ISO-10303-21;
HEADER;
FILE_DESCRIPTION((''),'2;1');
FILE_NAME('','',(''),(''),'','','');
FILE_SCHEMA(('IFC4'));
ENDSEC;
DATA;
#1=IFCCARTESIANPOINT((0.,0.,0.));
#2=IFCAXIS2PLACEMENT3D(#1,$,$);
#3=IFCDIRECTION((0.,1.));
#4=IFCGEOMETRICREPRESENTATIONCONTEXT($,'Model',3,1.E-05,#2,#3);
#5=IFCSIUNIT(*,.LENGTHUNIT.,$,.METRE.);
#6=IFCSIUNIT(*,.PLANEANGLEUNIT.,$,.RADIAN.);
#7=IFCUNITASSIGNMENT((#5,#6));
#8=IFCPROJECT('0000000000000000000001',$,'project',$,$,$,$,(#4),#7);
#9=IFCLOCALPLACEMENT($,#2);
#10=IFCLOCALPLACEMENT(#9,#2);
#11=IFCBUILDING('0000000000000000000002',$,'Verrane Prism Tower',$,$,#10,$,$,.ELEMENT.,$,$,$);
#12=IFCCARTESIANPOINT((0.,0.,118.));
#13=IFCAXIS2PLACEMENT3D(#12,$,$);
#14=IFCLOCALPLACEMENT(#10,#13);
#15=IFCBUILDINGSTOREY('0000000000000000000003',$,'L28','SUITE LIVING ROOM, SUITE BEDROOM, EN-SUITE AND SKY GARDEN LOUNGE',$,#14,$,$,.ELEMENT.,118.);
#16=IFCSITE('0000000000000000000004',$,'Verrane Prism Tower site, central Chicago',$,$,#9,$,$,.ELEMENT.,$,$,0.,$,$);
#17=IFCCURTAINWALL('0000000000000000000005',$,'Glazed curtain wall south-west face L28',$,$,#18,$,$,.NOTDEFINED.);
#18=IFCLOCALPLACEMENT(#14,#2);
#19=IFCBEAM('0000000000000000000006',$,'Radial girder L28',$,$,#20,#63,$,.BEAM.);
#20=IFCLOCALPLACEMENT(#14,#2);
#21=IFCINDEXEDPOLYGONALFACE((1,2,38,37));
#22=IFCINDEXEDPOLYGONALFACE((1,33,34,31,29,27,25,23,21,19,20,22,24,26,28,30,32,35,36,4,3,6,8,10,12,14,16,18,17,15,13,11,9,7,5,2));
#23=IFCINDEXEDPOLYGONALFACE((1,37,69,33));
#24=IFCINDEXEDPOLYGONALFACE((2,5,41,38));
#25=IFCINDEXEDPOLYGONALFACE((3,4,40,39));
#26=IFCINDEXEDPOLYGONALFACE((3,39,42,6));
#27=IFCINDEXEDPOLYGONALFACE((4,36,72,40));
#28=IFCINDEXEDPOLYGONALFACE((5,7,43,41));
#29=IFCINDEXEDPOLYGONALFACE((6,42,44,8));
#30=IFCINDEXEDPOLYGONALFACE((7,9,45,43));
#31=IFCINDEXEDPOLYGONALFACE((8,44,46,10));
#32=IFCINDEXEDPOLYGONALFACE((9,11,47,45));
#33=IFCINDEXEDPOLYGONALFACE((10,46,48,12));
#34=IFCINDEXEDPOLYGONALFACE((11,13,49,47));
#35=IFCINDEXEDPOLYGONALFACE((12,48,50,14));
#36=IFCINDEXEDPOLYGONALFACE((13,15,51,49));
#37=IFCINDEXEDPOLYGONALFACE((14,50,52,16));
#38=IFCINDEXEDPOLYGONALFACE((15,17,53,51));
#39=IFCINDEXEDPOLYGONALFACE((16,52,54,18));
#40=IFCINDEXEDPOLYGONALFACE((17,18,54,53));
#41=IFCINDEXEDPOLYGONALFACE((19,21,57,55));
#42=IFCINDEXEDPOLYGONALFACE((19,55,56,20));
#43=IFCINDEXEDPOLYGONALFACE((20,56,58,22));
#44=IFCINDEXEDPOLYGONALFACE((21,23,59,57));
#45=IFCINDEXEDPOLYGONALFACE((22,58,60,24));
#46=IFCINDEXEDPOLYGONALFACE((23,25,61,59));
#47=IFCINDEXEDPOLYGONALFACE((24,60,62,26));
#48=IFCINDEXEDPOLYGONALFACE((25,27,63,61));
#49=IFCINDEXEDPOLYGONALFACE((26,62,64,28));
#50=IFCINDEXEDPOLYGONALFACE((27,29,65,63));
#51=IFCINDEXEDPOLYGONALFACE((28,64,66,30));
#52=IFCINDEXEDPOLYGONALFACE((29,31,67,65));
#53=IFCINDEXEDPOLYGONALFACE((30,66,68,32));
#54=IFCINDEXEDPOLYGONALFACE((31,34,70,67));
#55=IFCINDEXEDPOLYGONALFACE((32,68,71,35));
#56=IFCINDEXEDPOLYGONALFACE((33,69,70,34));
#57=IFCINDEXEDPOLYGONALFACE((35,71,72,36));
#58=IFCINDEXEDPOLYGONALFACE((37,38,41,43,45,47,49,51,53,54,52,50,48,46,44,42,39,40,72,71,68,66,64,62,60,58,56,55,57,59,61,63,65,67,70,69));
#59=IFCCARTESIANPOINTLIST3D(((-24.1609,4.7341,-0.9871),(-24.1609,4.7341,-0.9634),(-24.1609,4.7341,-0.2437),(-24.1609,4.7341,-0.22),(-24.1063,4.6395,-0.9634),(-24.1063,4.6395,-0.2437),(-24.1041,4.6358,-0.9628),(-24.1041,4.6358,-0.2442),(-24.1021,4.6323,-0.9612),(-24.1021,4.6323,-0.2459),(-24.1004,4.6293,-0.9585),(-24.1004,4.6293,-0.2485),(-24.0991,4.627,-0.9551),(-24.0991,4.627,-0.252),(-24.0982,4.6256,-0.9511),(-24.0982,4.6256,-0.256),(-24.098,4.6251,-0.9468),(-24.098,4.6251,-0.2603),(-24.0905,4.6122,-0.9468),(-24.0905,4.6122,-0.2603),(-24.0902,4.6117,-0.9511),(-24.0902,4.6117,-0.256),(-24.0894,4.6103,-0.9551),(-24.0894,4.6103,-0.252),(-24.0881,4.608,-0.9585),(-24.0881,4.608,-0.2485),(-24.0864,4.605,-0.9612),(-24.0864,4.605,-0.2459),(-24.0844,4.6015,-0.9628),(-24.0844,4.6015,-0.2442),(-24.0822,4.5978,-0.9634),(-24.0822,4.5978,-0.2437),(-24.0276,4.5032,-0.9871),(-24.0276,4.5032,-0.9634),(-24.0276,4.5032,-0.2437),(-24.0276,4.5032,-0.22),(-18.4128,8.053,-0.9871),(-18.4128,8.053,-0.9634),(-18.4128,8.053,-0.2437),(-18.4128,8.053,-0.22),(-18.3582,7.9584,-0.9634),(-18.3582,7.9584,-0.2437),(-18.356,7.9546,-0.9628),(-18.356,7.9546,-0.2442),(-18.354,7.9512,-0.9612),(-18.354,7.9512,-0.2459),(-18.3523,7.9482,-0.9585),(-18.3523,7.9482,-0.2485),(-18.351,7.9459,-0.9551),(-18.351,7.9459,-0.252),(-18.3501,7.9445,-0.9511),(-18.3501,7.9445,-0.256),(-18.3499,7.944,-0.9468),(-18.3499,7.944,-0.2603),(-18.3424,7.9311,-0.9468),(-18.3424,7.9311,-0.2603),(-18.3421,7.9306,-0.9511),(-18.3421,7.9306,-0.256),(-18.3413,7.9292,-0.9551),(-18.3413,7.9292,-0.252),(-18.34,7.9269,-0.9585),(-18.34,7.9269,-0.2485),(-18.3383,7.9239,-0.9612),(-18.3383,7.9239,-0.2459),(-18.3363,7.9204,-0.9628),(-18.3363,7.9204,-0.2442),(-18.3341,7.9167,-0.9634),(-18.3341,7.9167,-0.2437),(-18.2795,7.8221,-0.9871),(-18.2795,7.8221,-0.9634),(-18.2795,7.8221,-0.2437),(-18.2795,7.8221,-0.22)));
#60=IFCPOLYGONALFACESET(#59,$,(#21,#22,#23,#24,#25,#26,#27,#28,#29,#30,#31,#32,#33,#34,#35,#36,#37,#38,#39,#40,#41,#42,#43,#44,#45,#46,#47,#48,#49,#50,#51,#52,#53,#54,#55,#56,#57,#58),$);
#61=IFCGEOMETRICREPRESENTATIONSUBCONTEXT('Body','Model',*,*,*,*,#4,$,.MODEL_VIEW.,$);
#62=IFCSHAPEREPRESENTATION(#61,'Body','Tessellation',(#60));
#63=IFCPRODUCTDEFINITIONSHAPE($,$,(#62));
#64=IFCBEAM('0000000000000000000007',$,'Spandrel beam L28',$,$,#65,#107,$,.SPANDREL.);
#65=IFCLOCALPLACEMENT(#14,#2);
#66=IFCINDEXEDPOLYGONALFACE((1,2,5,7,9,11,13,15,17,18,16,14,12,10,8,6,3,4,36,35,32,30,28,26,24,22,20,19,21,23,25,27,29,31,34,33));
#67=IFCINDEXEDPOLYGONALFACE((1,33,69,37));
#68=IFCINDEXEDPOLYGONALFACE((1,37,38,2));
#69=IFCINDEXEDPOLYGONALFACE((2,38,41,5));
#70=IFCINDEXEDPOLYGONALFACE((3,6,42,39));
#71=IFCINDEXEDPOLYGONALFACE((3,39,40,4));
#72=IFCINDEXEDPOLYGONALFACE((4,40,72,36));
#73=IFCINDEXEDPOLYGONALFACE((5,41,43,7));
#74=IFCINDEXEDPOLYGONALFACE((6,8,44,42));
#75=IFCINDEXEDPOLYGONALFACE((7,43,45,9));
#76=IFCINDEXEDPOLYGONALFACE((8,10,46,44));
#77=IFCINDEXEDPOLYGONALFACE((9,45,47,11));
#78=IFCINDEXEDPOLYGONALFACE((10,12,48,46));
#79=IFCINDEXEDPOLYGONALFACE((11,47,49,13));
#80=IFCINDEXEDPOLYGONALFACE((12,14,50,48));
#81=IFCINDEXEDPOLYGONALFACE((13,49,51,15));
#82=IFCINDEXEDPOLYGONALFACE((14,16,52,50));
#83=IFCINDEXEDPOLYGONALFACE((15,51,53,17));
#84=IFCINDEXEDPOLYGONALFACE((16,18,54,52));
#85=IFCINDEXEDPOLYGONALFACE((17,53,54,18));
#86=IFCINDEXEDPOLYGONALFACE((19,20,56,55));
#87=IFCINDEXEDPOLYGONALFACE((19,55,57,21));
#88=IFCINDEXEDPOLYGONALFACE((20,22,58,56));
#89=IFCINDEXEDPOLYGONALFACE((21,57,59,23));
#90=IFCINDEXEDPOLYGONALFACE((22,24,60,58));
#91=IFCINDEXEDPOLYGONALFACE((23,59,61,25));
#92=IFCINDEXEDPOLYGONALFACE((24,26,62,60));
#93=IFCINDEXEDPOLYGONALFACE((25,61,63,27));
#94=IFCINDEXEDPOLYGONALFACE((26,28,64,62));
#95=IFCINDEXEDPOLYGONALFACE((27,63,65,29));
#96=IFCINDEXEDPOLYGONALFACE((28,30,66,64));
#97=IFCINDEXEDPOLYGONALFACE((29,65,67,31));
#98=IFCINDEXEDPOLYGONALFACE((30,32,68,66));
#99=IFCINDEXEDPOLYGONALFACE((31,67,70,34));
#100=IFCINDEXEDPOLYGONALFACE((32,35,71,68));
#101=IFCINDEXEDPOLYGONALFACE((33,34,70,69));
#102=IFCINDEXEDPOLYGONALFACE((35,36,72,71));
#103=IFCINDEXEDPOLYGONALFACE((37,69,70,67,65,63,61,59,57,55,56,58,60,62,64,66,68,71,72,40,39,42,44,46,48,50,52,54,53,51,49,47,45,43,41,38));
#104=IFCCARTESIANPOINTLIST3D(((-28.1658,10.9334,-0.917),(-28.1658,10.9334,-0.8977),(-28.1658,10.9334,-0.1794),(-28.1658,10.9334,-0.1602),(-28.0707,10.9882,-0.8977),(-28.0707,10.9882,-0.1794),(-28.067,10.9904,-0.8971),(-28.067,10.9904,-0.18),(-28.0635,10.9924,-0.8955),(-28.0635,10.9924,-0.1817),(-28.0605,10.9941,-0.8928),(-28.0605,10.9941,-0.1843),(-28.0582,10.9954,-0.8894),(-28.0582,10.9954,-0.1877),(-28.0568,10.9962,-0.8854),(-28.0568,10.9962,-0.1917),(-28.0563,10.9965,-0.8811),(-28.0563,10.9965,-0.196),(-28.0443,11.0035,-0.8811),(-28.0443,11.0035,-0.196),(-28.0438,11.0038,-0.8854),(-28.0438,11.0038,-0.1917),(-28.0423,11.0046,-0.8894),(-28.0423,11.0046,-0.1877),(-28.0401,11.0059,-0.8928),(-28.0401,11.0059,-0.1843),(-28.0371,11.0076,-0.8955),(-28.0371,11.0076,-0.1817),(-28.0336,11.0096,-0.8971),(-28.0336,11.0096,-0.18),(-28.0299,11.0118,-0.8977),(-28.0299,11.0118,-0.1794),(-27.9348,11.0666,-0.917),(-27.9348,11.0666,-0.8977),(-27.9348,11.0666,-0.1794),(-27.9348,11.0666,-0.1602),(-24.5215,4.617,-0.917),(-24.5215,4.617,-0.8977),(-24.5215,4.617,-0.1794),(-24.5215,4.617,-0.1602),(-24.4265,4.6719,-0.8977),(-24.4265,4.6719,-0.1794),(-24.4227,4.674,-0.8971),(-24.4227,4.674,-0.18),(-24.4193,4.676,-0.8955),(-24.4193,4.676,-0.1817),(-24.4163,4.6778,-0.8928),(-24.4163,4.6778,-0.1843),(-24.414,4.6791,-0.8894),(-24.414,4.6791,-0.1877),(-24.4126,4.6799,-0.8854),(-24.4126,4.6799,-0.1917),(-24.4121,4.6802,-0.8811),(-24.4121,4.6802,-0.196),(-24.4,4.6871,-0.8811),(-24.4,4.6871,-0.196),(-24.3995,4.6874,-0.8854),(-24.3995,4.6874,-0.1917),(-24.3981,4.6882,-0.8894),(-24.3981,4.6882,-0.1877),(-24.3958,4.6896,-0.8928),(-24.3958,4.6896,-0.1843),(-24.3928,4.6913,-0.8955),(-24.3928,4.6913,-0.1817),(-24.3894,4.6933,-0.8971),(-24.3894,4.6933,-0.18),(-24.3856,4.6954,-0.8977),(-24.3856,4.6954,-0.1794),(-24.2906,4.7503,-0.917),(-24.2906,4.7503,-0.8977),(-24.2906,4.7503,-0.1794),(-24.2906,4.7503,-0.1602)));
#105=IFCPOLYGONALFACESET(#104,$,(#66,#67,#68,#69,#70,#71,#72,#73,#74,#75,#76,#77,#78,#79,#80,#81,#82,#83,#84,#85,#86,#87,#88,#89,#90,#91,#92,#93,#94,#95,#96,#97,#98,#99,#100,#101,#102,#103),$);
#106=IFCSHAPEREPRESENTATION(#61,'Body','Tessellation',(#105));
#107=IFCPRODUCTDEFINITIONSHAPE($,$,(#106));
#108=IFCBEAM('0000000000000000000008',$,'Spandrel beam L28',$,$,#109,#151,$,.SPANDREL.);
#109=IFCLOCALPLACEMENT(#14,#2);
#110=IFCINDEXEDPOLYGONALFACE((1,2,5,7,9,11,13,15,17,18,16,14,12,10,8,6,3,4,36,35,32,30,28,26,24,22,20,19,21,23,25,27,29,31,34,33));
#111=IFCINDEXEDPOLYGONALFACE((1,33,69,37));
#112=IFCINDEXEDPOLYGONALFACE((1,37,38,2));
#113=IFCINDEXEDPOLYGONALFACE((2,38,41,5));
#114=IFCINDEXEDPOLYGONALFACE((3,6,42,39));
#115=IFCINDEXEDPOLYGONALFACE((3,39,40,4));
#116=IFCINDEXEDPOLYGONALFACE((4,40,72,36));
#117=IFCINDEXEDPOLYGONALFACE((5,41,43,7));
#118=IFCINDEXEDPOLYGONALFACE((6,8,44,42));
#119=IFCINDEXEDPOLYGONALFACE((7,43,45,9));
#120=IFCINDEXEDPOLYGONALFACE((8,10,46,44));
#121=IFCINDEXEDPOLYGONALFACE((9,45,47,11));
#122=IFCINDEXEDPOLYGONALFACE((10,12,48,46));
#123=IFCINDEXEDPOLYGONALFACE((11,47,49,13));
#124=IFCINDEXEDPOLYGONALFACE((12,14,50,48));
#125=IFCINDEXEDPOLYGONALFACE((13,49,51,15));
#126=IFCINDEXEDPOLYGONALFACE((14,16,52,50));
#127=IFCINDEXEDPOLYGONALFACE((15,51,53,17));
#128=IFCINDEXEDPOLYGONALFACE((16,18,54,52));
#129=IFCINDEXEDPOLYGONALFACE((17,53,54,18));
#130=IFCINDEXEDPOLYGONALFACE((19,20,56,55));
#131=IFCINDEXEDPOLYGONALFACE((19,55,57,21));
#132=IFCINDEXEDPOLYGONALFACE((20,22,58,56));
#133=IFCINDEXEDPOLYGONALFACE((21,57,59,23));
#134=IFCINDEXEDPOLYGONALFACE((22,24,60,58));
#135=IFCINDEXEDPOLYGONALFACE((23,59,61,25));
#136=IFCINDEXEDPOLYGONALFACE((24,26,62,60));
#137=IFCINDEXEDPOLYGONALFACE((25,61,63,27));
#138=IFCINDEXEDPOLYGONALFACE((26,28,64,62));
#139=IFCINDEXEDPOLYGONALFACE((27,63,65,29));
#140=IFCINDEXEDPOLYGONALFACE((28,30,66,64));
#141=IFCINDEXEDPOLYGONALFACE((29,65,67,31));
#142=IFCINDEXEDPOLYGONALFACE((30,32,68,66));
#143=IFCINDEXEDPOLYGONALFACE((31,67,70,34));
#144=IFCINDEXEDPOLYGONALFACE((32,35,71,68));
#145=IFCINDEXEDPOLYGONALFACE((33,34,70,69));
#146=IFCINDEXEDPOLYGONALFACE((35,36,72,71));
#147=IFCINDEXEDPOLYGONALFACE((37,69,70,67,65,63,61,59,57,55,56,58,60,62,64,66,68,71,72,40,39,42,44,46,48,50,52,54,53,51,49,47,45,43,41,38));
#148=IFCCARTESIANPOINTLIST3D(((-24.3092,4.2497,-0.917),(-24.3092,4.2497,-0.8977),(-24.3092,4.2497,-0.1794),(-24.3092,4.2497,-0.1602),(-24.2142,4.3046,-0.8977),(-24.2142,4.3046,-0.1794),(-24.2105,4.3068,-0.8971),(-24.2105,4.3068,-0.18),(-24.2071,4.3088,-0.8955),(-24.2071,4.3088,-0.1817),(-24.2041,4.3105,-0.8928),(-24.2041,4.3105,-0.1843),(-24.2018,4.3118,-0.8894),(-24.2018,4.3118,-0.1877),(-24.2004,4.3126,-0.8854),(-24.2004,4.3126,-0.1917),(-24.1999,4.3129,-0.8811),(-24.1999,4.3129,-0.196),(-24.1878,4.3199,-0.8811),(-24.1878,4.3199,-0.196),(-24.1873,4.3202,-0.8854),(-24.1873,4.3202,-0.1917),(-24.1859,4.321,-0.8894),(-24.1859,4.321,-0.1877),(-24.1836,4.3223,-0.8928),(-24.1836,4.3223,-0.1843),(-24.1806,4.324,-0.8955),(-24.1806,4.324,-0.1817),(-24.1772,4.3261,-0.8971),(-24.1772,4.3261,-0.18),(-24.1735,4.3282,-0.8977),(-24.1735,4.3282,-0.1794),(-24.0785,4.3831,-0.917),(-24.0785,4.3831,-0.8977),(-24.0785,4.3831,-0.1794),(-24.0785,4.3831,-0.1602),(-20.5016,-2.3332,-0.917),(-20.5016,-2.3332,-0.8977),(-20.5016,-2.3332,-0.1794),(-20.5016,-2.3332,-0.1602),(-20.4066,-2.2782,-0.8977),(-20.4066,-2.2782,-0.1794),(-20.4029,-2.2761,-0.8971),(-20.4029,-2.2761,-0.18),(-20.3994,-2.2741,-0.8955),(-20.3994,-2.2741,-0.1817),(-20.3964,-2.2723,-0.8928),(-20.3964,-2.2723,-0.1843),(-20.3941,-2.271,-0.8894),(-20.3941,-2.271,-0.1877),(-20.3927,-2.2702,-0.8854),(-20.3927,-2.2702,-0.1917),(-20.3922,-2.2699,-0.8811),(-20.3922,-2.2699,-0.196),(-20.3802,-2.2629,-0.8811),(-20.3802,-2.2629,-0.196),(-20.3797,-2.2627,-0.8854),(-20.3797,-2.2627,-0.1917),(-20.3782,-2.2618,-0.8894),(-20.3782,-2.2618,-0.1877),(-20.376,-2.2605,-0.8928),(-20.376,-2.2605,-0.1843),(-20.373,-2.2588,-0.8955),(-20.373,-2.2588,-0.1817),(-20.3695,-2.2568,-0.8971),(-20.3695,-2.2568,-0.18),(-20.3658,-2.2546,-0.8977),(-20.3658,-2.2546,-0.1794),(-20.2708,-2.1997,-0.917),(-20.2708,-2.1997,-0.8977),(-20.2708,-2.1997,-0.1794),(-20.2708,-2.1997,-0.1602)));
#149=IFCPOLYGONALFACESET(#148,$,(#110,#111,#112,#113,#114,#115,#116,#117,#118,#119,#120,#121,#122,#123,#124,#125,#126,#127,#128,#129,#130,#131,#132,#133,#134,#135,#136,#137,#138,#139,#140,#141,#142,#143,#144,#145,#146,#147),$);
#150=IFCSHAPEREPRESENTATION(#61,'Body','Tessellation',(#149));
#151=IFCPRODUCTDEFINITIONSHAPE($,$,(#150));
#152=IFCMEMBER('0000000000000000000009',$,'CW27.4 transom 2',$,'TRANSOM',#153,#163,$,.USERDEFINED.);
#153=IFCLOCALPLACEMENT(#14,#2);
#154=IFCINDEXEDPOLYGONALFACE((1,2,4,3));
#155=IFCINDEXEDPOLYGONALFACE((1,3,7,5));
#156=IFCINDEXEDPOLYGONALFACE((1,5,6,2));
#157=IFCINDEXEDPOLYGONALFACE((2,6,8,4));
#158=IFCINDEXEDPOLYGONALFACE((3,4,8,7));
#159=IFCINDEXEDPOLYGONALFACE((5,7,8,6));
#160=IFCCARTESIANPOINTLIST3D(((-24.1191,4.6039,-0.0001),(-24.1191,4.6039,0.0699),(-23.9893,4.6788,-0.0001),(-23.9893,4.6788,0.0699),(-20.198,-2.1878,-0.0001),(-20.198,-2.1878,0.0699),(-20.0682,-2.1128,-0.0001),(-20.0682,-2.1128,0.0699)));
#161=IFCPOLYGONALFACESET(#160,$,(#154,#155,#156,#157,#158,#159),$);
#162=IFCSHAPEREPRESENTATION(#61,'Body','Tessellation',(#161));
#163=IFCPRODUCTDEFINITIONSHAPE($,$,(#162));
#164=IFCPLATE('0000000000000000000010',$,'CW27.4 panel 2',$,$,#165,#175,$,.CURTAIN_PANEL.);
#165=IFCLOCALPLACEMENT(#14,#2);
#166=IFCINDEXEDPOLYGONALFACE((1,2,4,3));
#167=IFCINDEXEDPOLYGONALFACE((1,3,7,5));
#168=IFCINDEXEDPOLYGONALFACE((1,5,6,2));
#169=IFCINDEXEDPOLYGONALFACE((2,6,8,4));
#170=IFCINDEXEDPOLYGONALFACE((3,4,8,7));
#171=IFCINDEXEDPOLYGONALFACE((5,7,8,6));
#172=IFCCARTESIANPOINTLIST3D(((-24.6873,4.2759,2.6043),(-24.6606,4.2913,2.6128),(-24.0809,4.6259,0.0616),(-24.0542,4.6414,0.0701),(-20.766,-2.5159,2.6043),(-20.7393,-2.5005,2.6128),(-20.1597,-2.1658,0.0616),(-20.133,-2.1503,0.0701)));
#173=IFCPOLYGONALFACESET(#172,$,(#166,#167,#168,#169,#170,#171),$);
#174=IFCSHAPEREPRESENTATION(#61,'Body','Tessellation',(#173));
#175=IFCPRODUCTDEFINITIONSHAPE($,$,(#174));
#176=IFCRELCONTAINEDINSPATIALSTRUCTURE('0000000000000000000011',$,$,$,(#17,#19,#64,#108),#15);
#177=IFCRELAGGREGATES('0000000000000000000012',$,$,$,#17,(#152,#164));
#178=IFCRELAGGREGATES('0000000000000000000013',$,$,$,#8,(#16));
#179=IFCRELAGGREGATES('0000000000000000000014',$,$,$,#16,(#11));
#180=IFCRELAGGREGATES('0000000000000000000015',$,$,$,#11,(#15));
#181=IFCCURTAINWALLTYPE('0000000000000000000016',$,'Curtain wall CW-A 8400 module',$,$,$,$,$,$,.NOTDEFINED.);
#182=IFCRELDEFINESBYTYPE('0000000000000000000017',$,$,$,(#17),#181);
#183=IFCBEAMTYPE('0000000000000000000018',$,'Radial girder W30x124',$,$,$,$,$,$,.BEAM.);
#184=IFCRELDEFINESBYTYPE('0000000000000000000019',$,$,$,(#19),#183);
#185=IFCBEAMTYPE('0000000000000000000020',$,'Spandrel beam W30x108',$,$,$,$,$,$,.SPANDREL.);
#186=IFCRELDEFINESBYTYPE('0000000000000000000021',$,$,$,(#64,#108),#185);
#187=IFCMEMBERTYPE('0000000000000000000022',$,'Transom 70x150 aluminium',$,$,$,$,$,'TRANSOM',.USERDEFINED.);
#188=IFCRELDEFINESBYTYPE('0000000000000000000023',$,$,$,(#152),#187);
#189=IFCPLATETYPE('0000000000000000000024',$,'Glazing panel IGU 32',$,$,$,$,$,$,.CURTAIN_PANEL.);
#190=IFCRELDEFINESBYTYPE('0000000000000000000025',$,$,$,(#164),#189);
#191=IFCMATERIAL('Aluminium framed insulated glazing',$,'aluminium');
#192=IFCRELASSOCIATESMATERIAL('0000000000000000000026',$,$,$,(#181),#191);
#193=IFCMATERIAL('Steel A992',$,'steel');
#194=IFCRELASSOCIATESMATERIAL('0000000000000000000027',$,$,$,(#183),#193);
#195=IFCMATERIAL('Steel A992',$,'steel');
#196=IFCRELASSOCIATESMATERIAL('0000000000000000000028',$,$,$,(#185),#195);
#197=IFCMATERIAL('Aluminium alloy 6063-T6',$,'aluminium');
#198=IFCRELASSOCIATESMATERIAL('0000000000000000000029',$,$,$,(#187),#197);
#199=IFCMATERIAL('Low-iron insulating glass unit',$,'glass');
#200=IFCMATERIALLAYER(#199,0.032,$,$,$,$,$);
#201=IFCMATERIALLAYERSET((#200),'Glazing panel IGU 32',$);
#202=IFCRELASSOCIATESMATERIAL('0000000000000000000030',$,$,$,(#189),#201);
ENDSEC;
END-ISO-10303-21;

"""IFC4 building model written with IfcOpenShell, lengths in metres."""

from ifc_helpers import new_model, si_unit, direction, frame, origin, origin_2d, place, context, subcontext, project, spatial, polyline, rectangle, i_section, outline, extrude, material, layer, layer_set, material_profile, profile_set, type_object, element, aggregate, save


model = new_model("IFC4")

# Units and contexts
model_context = context("Model", 3, precision=1e-05, world=origin(), true_north=direction((0.0, 1.0)))
body_context = subcontext(model_context, "Body", "Model", "MODEL_VIEW")
ifc_project = project(units=[si_unit("LENGTHUNIT", "METRE"), si_unit("PLANEANGLEUNIT", "RADIAN")], contexts=[model_context])

# Site, building, storey
site_placement = place(None, origin())
site = spatial("IfcSite", under=ifc_project, at=site_placement, Name="Verrane Prism Tower site, central Chicago", CompositionType="ELEMENT", RefElevation=0.0)
building_placement = place(site_placement, origin())
building = spatial("IfcBuilding", under=site, at=building_placement, Name="Verrane Prism Tower", CompositionType="ELEMENT")
storey_placement = place(building_placement, frame((0.0, 0.0, 118.0)))
storey = spatial("IfcBuildingStorey", under=building, at=storey_placement, Name="L28", Description="SUITE LIVING ROOM, SUITE BEDROOM, EN-SUITE AND SKY GARDEN LOUNGE", CompositionType="ELEMENT", Elevation=118.0)

# Curtain wall
ifc_material_1 = material(Name="Aluminium framed insulated glazing", Category="aluminium")
curtain_wall_type = type_object("IfcCurtainWallType", Name="Curtain wall CW-A 8400 module", PredefinedType="NOTDEFINED", material=ifc_material_1)
curtain_wall_placement = place(storey_placement, origin())
curtain_wall = element("IfcCurtainWall", 1, at=curtain_wall_placement, inside=storey, type_object=curtain_wall_type, Name="Glazed curtain wall south-west face L28", PredefinedType="NOTDEFINED")

# Beams
ifc_material_2 = material(Name="Steel A992", Category="steel")
ifc_material_profile_1 = material_profile(ifc_material_2, i_section(OverallWidth=0.2666, OverallDepth=0.7671, WebThickness=0.0149, FlangeThickness=0.0237, FilletRadius=0.0166, at=origin_2d()), Name="W30x124")
ifc_profile_set_1 = profile_set([ifc_material_profile_1], Name="Steel A992")
beam_type_1 = type_object("IfcBeamType", Name="Radial girder W30x124", PredefinedType="BEAM", material=ifc_profile_set_1)
beam_1_placement = place(storey_placement, frame((-24.0942, 4.6187, -0.6035), z_axis=(0.866012, 0.500024, 0.0), x_axis=(-0.500024, 0.866012, 0.0)))
element("IfcBeam", 2, at=beam_1_placement, inside=storey, type_object=beam_type_1, Name="Radial girder L28", PredefinedType="BEAM", context=body_context, shape_type="SweptSolid", body=[
    extrude(i_section(OverallWidth=0.2666, OverallDepth=0.7671, WebThickness=0.0149, FlangeThickness=0.0237, FilletRadius=0.0166, at=origin_2d()), origin(), (0.0, 0.0, 1.0), 6.6375),
])
ifc_material_3 = material(Name="Steel A992", Category="steel")
ifc_material_profile_2 = material_profile(ifc_material_3, i_section(OverallWidth=0.2666, OverallDepth=0.7568, WebThickness=0.0139, FlangeThickness=0.0193, FilletRadius=0.0166, at=origin_2d()), Name="W30x108")
ifc_profile_set_2 = profile_set([ifc_material_profile_2], Name="Steel A992")
beam_type_2 = type_object("IfcBeamType", Name="Spandrel beam W30x108", PredefinedType="SPANDREL", material=ifc_profile_set_2)
beam_2_placement = place(storey_placement, frame((-28.0503, 11.0, -0.5386), z_axis=(0.499744, -0.866173, 0.0), x_axis=(0.866173, 0.499744, 0.0)))
element("IfcBeam", 3, at=beam_2_placement, inside=storey, type_object=beam_type_2, Name="Spandrel beam L28", PredefinedType="SPANDREL", context=body_context, shape_type="SweptSolid", body=[
    extrude(i_section(OverallWidth=0.2666, OverallDepth=0.7568, WebThickness=0.0139, FlangeThickness=0.0193, FilletRadius=0.0166, at=origin_2d()), origin(), (0.0, 0.0, 1.0), 7.2922),
])
beam_3_placement = place(storey_placement, frame((-24.1938, 4.3164, -0.5386), z_axis=(0.500696, -0.865623, 0.0), x_axis=(0.865623, 0.500696, 0.0)))
element("IfcBeam", 4, at=beam_3_placement, inside=storey, type_object=beam_type_2, Name="Spandrel beam L28", PredefinedType="SPANDREL", context=body_context, shape_type="SweptSolid", body=[
    extrude(i_section(OverallWidth=0.2666, OverallDepth=0.7568, WebThickness=0.0139, FlangeThickness=0.0193, FilletRadius=0.0166, at=origin_2d()), origin(), (0.0, 0.0, 1.0), 7.6047),
])

# Member
ifc_material_4 = material(Name="Aluminium alloy 6063-T6", Category="aluminium")
ifc_material_profile_3 = material_profile(ifc_material_4, rectangle(XDim=0.1499, YDim=0.0701, at=origin_2d()), Name="Transom 70x150 aluminium")
ifc_profile_set_3 = profile_set([ifc_material_profile_3], Name="Aluminium alloy 6063-T6")
member_type_1 = type_object("IfcMemberType", Name="Transom 70x150 aluminium", ElementType="TRANSOM", PredefinedType="USERDEFINED", material=ifc_profile_set_3)
member_1_placement = place(storey_placement, frame((-24.0542, 4.6414, 0.0349), z_axis=(0.499993, -0.86603, 0.0), x_axis=(0.86603, 0.499993, 0.0)))
member_1 = element("IfcMember", 5, at=member_1_placement, type_object=member_type_1, Name="CW27.4 transom 2", ObjectType="TRANSOM", PredefinedType="USERDEFINED", context=body_context, shape_type="SweptSolid", body=[
    extrude(rectangle(XDim=0.1499, YDim=0.0701, at=origin_2d()), origin(), (0.0, 0.0, 1.0), 7.8423),
])

# Plate
ifc_material_5 = material(Name="Low-iron insulating glass unit", Category="glass")
ifc_layer_1 = layer(ifc_material_5, 0.032)
ifc_layer_set_1 = layer_set([ifc_layer_1], Name="Glazing panel IGU 32")
plate_type = type_object("IfcPlateType", Name="Glazing panel IGU 32", PredefinedType="CURTAIN_PANEL", material=ifc_layer_set_1)
plate_placement = place(storey_placement, frame((-24.0542, 4.6414, 0.0701), z_axis=(0.834949, 0.482064, 0.265471), x_axis=(0.500004, -0.866023, 0.000003)))
plate = element("IfcPlate", 6, at=plate_placement, type_object=plate_type, Name="CW27.4 panel 2", PredefinedType="CURTAIN_PANEL", context=body_context, shape_type="SweptSolid", body=[
    extrude(outline(polyline([(0.0, 0.0), (7.8424, 0.0), (7.8425, -2.6373), (0.0, -2.6374), (0.0, 0.0)])), origin(), (0.0, 0.0, -1.0), 0.032),
])
aggregate(curtain_wall, [member_1, plate])

save(model, "model.ifc")
